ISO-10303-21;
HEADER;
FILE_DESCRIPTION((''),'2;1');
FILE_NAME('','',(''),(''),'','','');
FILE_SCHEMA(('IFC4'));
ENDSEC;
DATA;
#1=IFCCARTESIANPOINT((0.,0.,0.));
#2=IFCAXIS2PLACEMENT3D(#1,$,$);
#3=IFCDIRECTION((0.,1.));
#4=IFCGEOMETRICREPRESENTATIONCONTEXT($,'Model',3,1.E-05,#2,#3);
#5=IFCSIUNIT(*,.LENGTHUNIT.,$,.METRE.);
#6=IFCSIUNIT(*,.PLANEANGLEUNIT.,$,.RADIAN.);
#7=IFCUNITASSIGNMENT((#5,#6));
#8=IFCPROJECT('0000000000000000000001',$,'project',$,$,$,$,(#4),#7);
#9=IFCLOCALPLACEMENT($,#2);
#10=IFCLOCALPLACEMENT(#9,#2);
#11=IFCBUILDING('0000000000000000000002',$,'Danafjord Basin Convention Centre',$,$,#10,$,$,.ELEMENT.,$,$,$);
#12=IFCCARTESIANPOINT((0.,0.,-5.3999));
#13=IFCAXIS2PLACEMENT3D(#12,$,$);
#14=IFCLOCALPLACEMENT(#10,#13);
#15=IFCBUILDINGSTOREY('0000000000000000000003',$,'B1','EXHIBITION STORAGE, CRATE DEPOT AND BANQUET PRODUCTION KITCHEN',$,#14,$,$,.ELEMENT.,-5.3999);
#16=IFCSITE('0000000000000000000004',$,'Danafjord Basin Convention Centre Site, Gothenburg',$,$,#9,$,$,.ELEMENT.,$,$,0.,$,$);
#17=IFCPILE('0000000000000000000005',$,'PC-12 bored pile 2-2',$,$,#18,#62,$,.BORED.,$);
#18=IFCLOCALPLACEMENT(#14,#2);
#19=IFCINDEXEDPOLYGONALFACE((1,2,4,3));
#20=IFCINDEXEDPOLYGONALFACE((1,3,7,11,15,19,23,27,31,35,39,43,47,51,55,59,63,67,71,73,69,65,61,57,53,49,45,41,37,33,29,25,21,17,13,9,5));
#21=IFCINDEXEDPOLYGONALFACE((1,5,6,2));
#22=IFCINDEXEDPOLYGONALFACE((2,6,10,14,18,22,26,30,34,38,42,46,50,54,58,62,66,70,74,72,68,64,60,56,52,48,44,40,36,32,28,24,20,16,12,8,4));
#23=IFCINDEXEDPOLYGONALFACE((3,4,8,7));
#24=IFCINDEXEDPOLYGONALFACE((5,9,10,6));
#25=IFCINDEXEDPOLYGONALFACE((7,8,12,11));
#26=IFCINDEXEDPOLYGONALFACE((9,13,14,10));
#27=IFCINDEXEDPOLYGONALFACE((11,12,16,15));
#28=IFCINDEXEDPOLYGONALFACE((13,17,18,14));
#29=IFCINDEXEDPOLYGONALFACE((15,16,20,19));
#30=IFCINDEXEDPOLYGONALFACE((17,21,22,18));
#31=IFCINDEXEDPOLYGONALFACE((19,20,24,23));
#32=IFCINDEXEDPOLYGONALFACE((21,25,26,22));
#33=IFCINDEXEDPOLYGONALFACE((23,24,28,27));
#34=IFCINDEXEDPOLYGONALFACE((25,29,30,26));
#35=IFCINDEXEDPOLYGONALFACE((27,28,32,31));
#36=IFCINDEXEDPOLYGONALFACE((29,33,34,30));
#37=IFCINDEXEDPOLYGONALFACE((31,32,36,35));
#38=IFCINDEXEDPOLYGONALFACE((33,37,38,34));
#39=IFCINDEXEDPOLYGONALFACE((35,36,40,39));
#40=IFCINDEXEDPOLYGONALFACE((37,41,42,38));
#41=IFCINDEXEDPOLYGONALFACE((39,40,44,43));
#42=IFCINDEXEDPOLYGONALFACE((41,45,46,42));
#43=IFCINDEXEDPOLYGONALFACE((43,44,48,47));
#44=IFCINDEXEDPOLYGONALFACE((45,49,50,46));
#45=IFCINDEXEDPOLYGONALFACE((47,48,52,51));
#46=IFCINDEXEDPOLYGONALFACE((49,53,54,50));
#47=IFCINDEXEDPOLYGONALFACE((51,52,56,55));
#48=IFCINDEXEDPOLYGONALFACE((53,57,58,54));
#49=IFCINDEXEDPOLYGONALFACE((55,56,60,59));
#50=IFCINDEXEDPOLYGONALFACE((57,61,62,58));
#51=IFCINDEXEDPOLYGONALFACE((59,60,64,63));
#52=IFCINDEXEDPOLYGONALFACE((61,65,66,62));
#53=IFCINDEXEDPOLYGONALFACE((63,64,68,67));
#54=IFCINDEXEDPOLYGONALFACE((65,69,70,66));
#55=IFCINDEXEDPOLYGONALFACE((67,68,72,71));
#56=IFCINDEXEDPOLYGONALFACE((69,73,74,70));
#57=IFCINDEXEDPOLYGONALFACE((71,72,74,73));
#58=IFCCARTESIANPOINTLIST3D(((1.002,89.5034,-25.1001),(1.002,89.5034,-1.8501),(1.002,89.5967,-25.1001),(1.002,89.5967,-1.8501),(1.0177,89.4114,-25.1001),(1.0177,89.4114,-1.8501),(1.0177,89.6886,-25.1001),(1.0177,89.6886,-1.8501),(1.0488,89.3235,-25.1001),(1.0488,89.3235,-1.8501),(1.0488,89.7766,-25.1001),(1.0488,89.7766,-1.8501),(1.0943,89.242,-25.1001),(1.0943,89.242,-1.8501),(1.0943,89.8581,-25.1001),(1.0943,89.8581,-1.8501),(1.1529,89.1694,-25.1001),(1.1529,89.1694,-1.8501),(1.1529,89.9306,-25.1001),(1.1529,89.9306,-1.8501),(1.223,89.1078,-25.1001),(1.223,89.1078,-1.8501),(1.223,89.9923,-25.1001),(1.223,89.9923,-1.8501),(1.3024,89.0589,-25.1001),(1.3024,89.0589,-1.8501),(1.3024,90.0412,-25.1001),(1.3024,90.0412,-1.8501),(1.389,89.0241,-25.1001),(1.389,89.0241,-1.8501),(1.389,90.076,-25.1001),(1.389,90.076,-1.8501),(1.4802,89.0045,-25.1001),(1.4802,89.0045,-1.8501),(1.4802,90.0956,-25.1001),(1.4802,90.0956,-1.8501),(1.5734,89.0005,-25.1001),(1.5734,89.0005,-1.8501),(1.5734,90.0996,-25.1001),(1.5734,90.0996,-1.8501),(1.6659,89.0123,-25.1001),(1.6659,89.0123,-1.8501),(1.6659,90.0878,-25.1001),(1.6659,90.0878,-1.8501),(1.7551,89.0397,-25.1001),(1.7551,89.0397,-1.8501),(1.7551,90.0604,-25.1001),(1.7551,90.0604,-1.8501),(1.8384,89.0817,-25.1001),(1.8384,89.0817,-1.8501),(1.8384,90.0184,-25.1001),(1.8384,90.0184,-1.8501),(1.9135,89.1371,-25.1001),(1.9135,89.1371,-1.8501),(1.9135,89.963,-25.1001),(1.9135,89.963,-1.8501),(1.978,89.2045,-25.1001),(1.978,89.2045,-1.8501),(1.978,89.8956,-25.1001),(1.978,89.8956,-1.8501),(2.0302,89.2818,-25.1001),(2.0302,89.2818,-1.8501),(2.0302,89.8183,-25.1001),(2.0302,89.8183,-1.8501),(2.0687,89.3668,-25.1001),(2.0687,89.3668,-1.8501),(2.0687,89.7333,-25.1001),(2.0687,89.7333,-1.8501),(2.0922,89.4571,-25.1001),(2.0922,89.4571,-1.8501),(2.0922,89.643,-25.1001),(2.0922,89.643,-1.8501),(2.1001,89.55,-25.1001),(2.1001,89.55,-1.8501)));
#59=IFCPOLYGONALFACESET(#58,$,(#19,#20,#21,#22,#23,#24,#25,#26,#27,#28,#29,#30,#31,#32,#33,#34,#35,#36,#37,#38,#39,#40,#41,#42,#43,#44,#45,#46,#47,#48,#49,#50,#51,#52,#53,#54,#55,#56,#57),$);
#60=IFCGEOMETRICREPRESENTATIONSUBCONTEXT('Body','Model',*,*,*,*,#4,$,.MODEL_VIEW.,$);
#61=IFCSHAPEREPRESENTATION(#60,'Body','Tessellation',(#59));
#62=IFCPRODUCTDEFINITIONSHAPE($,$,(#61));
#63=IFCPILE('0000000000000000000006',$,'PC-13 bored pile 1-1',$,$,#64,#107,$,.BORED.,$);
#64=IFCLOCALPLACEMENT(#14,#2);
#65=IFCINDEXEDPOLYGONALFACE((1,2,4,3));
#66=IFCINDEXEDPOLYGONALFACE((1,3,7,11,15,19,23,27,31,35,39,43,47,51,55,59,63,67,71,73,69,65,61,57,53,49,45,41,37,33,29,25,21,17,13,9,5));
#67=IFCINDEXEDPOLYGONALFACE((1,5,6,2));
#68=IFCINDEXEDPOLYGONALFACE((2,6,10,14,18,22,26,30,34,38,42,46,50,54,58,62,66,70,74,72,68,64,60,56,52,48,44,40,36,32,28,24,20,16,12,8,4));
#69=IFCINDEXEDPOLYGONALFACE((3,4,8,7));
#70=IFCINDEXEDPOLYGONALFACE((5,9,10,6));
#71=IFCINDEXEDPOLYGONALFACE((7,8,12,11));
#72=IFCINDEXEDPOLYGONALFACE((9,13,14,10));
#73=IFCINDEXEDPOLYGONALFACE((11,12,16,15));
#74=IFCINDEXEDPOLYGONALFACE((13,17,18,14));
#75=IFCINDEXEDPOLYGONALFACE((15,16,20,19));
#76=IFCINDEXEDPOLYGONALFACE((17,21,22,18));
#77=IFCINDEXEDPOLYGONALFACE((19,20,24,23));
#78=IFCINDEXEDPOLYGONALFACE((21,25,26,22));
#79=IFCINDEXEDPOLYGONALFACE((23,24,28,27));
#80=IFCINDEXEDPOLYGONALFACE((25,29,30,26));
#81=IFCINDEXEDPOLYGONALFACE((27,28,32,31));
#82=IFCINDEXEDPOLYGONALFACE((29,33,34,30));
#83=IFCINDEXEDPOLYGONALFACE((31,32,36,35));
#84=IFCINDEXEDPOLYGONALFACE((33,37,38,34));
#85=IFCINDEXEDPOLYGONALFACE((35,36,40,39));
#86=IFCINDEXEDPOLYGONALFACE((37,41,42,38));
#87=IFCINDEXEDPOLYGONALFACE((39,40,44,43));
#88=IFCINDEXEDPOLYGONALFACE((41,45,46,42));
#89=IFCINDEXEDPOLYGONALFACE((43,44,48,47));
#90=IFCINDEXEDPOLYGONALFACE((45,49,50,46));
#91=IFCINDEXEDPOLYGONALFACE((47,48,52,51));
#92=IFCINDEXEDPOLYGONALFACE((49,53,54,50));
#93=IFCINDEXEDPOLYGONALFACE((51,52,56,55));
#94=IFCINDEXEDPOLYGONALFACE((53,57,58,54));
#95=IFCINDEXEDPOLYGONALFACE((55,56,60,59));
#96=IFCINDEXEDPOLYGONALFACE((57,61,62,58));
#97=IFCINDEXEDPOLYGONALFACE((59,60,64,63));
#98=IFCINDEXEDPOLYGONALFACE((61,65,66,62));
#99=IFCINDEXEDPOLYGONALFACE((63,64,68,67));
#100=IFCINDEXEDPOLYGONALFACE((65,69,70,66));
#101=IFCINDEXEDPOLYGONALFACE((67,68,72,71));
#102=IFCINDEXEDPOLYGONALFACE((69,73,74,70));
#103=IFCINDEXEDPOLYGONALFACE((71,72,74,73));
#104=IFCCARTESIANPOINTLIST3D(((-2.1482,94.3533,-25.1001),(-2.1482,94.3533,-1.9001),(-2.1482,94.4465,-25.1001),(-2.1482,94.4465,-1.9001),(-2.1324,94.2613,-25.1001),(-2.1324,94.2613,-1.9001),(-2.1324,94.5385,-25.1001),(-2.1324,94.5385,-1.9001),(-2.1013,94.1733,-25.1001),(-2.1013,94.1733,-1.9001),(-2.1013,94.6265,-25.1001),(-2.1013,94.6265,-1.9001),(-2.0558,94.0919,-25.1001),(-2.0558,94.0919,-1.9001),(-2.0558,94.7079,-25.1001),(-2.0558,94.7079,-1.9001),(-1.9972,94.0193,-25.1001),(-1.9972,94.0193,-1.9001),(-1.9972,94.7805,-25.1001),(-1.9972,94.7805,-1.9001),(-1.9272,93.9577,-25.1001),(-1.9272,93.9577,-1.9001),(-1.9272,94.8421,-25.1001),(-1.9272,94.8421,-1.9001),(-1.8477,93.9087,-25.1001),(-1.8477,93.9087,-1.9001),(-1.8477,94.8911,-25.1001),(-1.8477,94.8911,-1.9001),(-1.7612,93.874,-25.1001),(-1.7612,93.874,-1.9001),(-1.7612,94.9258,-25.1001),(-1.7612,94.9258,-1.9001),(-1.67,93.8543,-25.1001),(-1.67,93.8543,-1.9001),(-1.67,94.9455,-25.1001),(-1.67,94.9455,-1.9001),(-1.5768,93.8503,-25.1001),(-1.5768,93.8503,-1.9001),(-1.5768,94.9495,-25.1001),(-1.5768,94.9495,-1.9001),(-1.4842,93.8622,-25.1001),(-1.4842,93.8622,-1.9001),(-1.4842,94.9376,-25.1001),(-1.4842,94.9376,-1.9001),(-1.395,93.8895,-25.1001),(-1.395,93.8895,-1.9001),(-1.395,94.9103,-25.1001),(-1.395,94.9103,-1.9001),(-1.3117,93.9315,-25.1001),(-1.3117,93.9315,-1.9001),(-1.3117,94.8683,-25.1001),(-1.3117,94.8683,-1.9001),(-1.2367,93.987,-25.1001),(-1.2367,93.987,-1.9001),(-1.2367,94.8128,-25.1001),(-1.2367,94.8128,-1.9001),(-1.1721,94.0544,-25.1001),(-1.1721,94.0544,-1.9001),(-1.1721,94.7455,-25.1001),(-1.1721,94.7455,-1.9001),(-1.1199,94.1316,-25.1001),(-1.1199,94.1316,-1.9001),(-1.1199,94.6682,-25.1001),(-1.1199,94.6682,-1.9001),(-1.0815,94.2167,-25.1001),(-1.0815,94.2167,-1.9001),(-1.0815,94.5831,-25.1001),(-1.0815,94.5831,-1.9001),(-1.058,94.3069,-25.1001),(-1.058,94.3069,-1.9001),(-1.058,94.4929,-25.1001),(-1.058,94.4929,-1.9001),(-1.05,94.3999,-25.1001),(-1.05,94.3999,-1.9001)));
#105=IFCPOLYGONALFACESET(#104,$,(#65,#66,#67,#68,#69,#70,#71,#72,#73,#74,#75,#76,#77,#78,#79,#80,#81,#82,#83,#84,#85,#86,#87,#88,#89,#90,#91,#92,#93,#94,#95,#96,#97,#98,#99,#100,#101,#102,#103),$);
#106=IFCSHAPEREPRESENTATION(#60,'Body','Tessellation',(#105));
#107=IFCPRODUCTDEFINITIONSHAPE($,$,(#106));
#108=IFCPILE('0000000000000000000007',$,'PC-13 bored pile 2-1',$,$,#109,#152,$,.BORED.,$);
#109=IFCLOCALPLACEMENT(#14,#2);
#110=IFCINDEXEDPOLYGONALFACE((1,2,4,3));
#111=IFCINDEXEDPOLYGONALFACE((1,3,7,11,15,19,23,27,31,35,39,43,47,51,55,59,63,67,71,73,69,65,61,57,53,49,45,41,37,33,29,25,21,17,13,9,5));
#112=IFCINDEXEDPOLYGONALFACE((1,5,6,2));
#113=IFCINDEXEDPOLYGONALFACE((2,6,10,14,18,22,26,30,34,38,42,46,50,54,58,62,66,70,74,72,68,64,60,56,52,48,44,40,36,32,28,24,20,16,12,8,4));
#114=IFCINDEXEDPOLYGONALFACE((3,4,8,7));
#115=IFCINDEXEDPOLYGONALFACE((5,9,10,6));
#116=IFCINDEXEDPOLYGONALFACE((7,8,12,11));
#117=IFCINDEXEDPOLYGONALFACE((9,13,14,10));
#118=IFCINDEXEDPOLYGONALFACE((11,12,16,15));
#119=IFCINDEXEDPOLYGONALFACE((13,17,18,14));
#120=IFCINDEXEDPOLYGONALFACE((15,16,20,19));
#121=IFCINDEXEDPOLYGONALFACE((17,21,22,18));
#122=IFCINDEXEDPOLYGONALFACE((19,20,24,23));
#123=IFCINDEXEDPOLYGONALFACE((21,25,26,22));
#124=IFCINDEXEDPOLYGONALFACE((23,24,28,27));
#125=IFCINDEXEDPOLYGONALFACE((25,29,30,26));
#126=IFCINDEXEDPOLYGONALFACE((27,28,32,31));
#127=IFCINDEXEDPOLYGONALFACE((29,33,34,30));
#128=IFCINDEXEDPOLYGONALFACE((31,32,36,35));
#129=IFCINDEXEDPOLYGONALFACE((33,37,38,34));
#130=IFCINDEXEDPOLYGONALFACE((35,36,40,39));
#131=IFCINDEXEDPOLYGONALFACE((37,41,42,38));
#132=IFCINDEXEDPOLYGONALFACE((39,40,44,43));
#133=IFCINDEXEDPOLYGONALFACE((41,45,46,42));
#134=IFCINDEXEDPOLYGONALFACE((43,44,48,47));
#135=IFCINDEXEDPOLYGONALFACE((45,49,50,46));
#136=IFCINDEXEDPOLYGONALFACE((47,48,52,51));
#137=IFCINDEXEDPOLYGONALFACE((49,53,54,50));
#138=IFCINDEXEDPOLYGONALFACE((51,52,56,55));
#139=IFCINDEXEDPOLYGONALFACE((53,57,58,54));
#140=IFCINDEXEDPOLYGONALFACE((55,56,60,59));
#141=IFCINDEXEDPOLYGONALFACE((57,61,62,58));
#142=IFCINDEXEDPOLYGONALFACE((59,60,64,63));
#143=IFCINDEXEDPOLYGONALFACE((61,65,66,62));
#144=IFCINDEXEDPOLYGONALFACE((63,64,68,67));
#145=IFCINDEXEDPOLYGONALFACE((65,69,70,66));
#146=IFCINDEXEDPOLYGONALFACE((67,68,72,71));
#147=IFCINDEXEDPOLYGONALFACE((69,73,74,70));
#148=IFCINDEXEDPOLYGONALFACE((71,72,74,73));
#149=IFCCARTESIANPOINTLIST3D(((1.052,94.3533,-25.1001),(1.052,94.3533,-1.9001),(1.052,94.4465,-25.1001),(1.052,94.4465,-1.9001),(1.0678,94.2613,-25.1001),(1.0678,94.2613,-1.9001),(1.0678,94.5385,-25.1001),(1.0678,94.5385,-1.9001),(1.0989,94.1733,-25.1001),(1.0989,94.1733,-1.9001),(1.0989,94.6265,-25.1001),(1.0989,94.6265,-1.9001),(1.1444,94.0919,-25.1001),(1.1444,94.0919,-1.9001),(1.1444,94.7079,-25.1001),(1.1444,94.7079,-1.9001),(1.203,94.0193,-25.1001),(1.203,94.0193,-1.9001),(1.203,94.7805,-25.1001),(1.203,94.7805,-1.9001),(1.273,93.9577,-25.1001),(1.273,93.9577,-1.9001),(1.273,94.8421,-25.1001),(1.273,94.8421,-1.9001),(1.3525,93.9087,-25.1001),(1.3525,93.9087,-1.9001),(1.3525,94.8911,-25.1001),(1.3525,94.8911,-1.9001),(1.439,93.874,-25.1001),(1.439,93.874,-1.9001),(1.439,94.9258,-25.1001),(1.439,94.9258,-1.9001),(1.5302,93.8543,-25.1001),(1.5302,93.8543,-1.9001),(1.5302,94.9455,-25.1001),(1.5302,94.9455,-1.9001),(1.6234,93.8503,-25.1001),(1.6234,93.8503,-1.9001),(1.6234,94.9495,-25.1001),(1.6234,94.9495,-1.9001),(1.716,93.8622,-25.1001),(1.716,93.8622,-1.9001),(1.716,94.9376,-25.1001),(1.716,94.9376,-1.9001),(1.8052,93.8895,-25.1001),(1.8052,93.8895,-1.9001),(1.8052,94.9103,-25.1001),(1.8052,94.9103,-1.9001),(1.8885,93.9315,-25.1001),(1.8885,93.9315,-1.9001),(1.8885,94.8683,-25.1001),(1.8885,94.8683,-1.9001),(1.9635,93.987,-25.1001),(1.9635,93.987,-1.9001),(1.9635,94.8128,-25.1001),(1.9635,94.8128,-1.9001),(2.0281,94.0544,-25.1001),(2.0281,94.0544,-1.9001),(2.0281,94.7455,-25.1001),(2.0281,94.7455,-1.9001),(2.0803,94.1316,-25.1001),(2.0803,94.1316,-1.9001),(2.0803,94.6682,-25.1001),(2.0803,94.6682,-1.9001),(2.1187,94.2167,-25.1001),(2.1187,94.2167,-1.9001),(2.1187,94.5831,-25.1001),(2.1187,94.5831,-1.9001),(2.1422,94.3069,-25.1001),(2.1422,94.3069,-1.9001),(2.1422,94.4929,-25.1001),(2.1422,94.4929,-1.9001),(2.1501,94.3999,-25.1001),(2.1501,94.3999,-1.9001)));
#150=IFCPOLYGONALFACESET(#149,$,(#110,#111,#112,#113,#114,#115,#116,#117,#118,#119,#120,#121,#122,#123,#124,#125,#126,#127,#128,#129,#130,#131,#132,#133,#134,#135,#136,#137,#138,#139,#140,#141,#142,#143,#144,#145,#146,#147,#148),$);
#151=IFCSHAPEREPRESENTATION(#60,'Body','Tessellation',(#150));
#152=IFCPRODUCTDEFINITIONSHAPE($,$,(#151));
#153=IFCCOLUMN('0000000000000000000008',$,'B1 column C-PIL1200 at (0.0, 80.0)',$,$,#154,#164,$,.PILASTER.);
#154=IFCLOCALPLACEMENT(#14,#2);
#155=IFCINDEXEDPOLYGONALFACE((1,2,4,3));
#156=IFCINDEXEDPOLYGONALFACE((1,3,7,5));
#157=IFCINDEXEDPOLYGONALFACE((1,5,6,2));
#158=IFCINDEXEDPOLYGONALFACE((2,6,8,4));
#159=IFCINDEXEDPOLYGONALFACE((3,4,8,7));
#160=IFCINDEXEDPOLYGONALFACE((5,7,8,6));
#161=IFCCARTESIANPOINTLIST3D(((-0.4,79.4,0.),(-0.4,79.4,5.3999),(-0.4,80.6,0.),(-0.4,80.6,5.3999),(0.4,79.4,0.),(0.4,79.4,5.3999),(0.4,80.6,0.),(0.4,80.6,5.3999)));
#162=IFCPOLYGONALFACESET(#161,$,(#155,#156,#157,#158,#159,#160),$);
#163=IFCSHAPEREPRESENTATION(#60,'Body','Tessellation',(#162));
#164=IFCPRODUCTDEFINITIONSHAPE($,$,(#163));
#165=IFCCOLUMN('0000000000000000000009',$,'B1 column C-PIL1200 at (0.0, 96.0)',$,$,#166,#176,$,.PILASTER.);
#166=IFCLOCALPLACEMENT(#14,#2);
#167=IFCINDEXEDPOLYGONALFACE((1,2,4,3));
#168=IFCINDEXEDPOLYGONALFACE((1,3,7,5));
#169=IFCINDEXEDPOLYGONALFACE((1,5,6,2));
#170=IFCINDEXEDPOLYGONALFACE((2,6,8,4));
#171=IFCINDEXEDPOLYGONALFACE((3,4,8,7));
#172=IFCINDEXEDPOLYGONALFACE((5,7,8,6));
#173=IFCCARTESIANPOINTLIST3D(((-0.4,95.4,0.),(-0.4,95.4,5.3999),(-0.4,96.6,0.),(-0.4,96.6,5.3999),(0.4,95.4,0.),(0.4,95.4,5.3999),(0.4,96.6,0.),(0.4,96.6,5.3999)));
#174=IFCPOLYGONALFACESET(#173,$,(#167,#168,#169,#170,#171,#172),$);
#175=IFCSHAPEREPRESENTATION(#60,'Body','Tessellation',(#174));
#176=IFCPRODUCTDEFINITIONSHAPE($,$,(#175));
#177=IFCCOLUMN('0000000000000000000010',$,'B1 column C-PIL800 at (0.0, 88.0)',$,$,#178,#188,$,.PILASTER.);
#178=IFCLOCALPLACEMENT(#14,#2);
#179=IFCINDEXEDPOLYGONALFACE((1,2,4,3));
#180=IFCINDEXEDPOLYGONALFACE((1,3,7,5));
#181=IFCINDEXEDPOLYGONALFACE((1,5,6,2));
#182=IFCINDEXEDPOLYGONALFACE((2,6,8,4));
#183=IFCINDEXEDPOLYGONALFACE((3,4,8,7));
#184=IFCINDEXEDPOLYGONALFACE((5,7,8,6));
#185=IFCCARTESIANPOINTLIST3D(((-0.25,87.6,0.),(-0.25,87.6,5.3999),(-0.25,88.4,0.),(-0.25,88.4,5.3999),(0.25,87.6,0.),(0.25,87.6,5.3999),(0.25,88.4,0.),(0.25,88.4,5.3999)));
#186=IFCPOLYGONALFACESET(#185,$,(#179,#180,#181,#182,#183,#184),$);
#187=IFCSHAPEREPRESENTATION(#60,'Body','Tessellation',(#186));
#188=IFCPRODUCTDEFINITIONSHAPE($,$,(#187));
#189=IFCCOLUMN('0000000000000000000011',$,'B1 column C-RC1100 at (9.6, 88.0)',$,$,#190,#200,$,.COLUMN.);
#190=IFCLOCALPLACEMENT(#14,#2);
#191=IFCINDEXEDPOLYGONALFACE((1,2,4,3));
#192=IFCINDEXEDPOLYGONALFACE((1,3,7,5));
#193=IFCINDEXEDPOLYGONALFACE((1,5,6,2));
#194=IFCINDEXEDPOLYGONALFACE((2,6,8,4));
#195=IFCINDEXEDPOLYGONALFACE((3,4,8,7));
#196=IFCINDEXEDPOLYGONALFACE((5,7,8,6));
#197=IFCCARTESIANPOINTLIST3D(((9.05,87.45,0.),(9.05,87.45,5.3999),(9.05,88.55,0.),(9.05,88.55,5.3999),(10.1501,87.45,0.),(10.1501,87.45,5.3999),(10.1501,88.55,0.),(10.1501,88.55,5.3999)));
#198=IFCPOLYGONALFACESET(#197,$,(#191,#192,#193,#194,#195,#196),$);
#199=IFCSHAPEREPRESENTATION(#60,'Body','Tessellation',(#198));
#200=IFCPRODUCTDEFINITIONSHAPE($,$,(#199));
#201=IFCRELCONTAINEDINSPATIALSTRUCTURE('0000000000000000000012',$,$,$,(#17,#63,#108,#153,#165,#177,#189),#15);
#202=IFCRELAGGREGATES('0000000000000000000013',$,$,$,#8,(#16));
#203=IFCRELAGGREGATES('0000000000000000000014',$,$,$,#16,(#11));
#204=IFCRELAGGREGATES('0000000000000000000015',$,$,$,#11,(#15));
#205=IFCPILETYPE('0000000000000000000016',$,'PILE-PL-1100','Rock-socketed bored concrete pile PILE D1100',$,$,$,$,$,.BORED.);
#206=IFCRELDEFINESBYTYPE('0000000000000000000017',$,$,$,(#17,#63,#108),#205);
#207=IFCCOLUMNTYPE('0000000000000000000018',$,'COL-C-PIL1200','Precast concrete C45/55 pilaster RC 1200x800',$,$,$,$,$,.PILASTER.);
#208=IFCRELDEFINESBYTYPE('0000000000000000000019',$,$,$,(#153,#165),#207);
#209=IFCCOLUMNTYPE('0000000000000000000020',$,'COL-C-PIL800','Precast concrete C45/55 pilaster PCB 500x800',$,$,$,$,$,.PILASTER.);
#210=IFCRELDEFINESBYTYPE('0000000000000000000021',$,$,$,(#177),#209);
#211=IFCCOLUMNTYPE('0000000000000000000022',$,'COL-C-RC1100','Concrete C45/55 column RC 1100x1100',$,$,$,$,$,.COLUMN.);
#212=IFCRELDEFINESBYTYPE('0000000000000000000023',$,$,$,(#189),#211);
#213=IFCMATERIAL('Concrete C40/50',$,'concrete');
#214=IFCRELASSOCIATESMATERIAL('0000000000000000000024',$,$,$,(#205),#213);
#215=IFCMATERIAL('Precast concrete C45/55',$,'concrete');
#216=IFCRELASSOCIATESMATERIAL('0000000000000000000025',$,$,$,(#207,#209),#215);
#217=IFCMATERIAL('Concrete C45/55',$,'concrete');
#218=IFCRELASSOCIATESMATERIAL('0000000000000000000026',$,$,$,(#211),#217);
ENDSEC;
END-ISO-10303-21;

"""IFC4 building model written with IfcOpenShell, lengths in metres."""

from ifc_helpers import new_model, si_unit, direction, frame, origin, origin_2d, place, context, subcontext, project, spatial, rectangle, circle, extrude, material, material_profile, profile_set, type_object, element, save


model = new_model("IFC4")

# Units and contexts
model_context = context("Model", 3, precision=1e-05, world=origin(), true_north=direction((0.0, 1.0)))
body_context = subcontext(model_context, "Body", "Model", "MODEL_VIEW")
ifc_project = project(units=[si_unit("LENGTHUNIT", "METRE"), si_unit("PLANEANGLEUNIT", "RADIAN")], contexts=[model_context])

# Site, building, storey
site_placement = place(None, origin())
site = spatial("IfcSite", under=ifc_project, at=site_placement, Name="Danafjord Basin Convention Centre Site, Gothenburg", CompositionType="ELEMENT", RefElevation=0.0)
building_placement = place(site_placement, origin())
building = spatial("IfcBuilding", under=site, at=building_placement, Name="Danafjord Basin Convention Centre", CompositionType="ELEMENT")
storey_placement = place(building_placement, frame((0.0, 0.0, -5.3999)))
storey = spatial("IfcBuildingStorey", under=building, at=storey_placement, Name="B1", Description="EXHIBITION STORAGE, CRATE DEPOT AND BANQUET PRODUCTION KITCHEN", CompositionType="ELEMENT", Elevation=-5.3999)

# Shared definitions
ifc_material_1 = material(Name="Concrete C40/50", Category="concrete")

# Piles
ifc_material_profile_1 = material_profile(ifc_material_1, circle(Radius=0.55, at=origin_2d()), Name="PILE D1100")
ifc_profile_set_1 = profile_set([ifc_material_profile_1], Name="Concrete C40/50")
pile_type_1 = type_object("IfcPileType", Name="PILE-PL-1100", Description="Rock-socketed bored concrete pile PILE D1100", PredefinedType="BORED", material=ifc_profile_set_1)
for number, where, z_axis, x_axis, name in (
    (1, (1.55, 89.55, -1.8501), (0.0, 0.0, -1.0), (1.0, 0.0, 0.0), "PC-12 bored pile 2-2"),
):
    element("IfcPile", number, at=place(storey_placement, frame(where, z_axis=z_axis, x_axis=x_axis)), inside=storey, type_object=pile_type_1, Name=name, PredefinedType="BORED", context=body_context, shape_type="SweptSolid", body=[
        extrude(circle(Radius=0.55, at=origin_2d()), origin(), (0.0, 0.0, 1.0), 23.25),
    ])
for number, where, z_axis, x_axis, name in (
    (2, (-1.6001, 94.3999, -1.9001), (0.0, 0.0, -1.0), (1.0, 0.0, 0.0), "PC-13 bored pile 1-1"),
    (3, (1.6001, 94.3999, -1.9001), (0.0, 0.0, -1.0), (1.0, 0.0, 0.0), "PC-13 bored pile 2-1"),
):
    element("IfcPile", number, at=place(storey_placement, frame(where, z_axis=z_axis, x_axis=x_axis)), inside=storey, type_object=pile_type_1, Name=name, PredefinedType="BORED", context=body_context, shape_type="SweptSolid", body=[
        extrude(circle(Radius=0.55, at=origin_2d()), origin(), (0.0, 0.0, 1.0), 23.2),
    ])

# Columns
ifc_material_2 = material(Name="Precast concrete C45/55", Category="concrete")
ifc_material_profile_2 = material_profile(ifc_material_2, rectangle(XDim=0.8, YDim=1.2, at=origin_2d()), Name="RC 1200x800")
ifc_profile_set_2 = profile_set([ifc_material_profile_2], Name="Precast concrete C45/55")
column_type_1 = type_object("IfcColumnType", Name="COL-C-PIL1200", Description="Precast concrete C45/55 pilaster RC 1200x800", PredefinedType="PILASTER", material=ifc_profile_set_2)
for number, where, z_axis, x_axis, name in (
    (4, (0.0, 80.0, 0.0), (0.0, 0.0, 1.0), (1.0, 0.0, 0.0), "B1 column C-PIL1200 at (0.0, 80.0)"),
    (5, (0.0, 96.0, 0.0), (0.0, 0.0, 1.0), (1.0, 0.0, 0.0), "B1 column C-PIL1200 at (0.0, 96.0)"),
):
    element("IfcColumn", number, at=place(storey_placement, frame(where, z_axis=z_axis, x_axis=x_axis)), inside=storey, type_object=column_type_1, Name=name, PredefinedType="PILASTER", context=body_context, shape_type="SweptSolid", body=[
        extrude(rectangle(XDim=0.8, YDim=1.2, at=origin_2d()), origin(), (0.0, 0.0, 1.0), 5.3999),
    ])
ifc_material_profile_3 = material_profile(ifc_material_2, rectangle(XDim=0.5, YDim=0.8, at=origin_2d()), Name="PCB 500x800")
ifc_profile_set_3 = profile_set([ifc_material_profile_3], Name="Precast concrete C45/55")
column_type_2 = type_object("IfcColumnType", Name="COL-C-PIL800", Description="Precast concrete C45/55 pilaster PCB 500x800", PredefinedType="PILASTER", material=ifc_profile_set_3)
column_1_placement = place(storey_placement, frame((0.0, 88.0, 0.0), z_axis=(0.0, 0.0, 1.0), x_axis=(1.0, 0.0, 0.0)))
element("IfcColumn", 6, at=column_1_placement, inside=storey, type_object=column_type_2, Name="B1 column C-PIL800 at (0.0, 88.0)", PredefinedType="PILASTER", context=body_context, shape_type="SweptSolid", body=[
    extrude(rectangle(XDim=0.5, YDim=0.8, at=origin_2d()), origin(), (0.0, 0.0, 1.0), 5.3999),
])
ifc_material_3 = material(Name="Concrete C45/55", Category="concrete")
ifc_material_profile_4 = material_profile(ifc_material_3, rectangle(XDim=1.1001, YDim=1.1001, at=origin_2d()), Name="RC 1100x1100")
ifc_profile_set_4 = profile_set([ifc_material_profile_4], Name="Concrete C45/55")
column_type_3 = type_object("IfcColumnType", Name="COL-C-RC1100", Description="Concrete C45/55 column RC 1100x1100", PredefinedType="COLUMN", material=ifc_profile_set_4)
column_2_placement = place(storey_placement, frame((9.6001, 88.0, 0.0), z_axis=(0.0, 0.0, 1.0), x_axis=(1.0, 0.0, 0.0)))
element("IfcColumn", 7, at=column_2_placement, inside=storey, type_object=column_type_3, Name="B1 column C-RC1100 at (9.6, 88.0)", PredefinedType="COLUMN", context=body_context, shape_type="SweptSolid", body=[
    extrude(rectangle(XDim=1.1001, YDim=1.1001, at=origin_2d()), origin(), (0.0, 0.0, 1.0), 5.3999),
])

save(model, "model.ifc")
